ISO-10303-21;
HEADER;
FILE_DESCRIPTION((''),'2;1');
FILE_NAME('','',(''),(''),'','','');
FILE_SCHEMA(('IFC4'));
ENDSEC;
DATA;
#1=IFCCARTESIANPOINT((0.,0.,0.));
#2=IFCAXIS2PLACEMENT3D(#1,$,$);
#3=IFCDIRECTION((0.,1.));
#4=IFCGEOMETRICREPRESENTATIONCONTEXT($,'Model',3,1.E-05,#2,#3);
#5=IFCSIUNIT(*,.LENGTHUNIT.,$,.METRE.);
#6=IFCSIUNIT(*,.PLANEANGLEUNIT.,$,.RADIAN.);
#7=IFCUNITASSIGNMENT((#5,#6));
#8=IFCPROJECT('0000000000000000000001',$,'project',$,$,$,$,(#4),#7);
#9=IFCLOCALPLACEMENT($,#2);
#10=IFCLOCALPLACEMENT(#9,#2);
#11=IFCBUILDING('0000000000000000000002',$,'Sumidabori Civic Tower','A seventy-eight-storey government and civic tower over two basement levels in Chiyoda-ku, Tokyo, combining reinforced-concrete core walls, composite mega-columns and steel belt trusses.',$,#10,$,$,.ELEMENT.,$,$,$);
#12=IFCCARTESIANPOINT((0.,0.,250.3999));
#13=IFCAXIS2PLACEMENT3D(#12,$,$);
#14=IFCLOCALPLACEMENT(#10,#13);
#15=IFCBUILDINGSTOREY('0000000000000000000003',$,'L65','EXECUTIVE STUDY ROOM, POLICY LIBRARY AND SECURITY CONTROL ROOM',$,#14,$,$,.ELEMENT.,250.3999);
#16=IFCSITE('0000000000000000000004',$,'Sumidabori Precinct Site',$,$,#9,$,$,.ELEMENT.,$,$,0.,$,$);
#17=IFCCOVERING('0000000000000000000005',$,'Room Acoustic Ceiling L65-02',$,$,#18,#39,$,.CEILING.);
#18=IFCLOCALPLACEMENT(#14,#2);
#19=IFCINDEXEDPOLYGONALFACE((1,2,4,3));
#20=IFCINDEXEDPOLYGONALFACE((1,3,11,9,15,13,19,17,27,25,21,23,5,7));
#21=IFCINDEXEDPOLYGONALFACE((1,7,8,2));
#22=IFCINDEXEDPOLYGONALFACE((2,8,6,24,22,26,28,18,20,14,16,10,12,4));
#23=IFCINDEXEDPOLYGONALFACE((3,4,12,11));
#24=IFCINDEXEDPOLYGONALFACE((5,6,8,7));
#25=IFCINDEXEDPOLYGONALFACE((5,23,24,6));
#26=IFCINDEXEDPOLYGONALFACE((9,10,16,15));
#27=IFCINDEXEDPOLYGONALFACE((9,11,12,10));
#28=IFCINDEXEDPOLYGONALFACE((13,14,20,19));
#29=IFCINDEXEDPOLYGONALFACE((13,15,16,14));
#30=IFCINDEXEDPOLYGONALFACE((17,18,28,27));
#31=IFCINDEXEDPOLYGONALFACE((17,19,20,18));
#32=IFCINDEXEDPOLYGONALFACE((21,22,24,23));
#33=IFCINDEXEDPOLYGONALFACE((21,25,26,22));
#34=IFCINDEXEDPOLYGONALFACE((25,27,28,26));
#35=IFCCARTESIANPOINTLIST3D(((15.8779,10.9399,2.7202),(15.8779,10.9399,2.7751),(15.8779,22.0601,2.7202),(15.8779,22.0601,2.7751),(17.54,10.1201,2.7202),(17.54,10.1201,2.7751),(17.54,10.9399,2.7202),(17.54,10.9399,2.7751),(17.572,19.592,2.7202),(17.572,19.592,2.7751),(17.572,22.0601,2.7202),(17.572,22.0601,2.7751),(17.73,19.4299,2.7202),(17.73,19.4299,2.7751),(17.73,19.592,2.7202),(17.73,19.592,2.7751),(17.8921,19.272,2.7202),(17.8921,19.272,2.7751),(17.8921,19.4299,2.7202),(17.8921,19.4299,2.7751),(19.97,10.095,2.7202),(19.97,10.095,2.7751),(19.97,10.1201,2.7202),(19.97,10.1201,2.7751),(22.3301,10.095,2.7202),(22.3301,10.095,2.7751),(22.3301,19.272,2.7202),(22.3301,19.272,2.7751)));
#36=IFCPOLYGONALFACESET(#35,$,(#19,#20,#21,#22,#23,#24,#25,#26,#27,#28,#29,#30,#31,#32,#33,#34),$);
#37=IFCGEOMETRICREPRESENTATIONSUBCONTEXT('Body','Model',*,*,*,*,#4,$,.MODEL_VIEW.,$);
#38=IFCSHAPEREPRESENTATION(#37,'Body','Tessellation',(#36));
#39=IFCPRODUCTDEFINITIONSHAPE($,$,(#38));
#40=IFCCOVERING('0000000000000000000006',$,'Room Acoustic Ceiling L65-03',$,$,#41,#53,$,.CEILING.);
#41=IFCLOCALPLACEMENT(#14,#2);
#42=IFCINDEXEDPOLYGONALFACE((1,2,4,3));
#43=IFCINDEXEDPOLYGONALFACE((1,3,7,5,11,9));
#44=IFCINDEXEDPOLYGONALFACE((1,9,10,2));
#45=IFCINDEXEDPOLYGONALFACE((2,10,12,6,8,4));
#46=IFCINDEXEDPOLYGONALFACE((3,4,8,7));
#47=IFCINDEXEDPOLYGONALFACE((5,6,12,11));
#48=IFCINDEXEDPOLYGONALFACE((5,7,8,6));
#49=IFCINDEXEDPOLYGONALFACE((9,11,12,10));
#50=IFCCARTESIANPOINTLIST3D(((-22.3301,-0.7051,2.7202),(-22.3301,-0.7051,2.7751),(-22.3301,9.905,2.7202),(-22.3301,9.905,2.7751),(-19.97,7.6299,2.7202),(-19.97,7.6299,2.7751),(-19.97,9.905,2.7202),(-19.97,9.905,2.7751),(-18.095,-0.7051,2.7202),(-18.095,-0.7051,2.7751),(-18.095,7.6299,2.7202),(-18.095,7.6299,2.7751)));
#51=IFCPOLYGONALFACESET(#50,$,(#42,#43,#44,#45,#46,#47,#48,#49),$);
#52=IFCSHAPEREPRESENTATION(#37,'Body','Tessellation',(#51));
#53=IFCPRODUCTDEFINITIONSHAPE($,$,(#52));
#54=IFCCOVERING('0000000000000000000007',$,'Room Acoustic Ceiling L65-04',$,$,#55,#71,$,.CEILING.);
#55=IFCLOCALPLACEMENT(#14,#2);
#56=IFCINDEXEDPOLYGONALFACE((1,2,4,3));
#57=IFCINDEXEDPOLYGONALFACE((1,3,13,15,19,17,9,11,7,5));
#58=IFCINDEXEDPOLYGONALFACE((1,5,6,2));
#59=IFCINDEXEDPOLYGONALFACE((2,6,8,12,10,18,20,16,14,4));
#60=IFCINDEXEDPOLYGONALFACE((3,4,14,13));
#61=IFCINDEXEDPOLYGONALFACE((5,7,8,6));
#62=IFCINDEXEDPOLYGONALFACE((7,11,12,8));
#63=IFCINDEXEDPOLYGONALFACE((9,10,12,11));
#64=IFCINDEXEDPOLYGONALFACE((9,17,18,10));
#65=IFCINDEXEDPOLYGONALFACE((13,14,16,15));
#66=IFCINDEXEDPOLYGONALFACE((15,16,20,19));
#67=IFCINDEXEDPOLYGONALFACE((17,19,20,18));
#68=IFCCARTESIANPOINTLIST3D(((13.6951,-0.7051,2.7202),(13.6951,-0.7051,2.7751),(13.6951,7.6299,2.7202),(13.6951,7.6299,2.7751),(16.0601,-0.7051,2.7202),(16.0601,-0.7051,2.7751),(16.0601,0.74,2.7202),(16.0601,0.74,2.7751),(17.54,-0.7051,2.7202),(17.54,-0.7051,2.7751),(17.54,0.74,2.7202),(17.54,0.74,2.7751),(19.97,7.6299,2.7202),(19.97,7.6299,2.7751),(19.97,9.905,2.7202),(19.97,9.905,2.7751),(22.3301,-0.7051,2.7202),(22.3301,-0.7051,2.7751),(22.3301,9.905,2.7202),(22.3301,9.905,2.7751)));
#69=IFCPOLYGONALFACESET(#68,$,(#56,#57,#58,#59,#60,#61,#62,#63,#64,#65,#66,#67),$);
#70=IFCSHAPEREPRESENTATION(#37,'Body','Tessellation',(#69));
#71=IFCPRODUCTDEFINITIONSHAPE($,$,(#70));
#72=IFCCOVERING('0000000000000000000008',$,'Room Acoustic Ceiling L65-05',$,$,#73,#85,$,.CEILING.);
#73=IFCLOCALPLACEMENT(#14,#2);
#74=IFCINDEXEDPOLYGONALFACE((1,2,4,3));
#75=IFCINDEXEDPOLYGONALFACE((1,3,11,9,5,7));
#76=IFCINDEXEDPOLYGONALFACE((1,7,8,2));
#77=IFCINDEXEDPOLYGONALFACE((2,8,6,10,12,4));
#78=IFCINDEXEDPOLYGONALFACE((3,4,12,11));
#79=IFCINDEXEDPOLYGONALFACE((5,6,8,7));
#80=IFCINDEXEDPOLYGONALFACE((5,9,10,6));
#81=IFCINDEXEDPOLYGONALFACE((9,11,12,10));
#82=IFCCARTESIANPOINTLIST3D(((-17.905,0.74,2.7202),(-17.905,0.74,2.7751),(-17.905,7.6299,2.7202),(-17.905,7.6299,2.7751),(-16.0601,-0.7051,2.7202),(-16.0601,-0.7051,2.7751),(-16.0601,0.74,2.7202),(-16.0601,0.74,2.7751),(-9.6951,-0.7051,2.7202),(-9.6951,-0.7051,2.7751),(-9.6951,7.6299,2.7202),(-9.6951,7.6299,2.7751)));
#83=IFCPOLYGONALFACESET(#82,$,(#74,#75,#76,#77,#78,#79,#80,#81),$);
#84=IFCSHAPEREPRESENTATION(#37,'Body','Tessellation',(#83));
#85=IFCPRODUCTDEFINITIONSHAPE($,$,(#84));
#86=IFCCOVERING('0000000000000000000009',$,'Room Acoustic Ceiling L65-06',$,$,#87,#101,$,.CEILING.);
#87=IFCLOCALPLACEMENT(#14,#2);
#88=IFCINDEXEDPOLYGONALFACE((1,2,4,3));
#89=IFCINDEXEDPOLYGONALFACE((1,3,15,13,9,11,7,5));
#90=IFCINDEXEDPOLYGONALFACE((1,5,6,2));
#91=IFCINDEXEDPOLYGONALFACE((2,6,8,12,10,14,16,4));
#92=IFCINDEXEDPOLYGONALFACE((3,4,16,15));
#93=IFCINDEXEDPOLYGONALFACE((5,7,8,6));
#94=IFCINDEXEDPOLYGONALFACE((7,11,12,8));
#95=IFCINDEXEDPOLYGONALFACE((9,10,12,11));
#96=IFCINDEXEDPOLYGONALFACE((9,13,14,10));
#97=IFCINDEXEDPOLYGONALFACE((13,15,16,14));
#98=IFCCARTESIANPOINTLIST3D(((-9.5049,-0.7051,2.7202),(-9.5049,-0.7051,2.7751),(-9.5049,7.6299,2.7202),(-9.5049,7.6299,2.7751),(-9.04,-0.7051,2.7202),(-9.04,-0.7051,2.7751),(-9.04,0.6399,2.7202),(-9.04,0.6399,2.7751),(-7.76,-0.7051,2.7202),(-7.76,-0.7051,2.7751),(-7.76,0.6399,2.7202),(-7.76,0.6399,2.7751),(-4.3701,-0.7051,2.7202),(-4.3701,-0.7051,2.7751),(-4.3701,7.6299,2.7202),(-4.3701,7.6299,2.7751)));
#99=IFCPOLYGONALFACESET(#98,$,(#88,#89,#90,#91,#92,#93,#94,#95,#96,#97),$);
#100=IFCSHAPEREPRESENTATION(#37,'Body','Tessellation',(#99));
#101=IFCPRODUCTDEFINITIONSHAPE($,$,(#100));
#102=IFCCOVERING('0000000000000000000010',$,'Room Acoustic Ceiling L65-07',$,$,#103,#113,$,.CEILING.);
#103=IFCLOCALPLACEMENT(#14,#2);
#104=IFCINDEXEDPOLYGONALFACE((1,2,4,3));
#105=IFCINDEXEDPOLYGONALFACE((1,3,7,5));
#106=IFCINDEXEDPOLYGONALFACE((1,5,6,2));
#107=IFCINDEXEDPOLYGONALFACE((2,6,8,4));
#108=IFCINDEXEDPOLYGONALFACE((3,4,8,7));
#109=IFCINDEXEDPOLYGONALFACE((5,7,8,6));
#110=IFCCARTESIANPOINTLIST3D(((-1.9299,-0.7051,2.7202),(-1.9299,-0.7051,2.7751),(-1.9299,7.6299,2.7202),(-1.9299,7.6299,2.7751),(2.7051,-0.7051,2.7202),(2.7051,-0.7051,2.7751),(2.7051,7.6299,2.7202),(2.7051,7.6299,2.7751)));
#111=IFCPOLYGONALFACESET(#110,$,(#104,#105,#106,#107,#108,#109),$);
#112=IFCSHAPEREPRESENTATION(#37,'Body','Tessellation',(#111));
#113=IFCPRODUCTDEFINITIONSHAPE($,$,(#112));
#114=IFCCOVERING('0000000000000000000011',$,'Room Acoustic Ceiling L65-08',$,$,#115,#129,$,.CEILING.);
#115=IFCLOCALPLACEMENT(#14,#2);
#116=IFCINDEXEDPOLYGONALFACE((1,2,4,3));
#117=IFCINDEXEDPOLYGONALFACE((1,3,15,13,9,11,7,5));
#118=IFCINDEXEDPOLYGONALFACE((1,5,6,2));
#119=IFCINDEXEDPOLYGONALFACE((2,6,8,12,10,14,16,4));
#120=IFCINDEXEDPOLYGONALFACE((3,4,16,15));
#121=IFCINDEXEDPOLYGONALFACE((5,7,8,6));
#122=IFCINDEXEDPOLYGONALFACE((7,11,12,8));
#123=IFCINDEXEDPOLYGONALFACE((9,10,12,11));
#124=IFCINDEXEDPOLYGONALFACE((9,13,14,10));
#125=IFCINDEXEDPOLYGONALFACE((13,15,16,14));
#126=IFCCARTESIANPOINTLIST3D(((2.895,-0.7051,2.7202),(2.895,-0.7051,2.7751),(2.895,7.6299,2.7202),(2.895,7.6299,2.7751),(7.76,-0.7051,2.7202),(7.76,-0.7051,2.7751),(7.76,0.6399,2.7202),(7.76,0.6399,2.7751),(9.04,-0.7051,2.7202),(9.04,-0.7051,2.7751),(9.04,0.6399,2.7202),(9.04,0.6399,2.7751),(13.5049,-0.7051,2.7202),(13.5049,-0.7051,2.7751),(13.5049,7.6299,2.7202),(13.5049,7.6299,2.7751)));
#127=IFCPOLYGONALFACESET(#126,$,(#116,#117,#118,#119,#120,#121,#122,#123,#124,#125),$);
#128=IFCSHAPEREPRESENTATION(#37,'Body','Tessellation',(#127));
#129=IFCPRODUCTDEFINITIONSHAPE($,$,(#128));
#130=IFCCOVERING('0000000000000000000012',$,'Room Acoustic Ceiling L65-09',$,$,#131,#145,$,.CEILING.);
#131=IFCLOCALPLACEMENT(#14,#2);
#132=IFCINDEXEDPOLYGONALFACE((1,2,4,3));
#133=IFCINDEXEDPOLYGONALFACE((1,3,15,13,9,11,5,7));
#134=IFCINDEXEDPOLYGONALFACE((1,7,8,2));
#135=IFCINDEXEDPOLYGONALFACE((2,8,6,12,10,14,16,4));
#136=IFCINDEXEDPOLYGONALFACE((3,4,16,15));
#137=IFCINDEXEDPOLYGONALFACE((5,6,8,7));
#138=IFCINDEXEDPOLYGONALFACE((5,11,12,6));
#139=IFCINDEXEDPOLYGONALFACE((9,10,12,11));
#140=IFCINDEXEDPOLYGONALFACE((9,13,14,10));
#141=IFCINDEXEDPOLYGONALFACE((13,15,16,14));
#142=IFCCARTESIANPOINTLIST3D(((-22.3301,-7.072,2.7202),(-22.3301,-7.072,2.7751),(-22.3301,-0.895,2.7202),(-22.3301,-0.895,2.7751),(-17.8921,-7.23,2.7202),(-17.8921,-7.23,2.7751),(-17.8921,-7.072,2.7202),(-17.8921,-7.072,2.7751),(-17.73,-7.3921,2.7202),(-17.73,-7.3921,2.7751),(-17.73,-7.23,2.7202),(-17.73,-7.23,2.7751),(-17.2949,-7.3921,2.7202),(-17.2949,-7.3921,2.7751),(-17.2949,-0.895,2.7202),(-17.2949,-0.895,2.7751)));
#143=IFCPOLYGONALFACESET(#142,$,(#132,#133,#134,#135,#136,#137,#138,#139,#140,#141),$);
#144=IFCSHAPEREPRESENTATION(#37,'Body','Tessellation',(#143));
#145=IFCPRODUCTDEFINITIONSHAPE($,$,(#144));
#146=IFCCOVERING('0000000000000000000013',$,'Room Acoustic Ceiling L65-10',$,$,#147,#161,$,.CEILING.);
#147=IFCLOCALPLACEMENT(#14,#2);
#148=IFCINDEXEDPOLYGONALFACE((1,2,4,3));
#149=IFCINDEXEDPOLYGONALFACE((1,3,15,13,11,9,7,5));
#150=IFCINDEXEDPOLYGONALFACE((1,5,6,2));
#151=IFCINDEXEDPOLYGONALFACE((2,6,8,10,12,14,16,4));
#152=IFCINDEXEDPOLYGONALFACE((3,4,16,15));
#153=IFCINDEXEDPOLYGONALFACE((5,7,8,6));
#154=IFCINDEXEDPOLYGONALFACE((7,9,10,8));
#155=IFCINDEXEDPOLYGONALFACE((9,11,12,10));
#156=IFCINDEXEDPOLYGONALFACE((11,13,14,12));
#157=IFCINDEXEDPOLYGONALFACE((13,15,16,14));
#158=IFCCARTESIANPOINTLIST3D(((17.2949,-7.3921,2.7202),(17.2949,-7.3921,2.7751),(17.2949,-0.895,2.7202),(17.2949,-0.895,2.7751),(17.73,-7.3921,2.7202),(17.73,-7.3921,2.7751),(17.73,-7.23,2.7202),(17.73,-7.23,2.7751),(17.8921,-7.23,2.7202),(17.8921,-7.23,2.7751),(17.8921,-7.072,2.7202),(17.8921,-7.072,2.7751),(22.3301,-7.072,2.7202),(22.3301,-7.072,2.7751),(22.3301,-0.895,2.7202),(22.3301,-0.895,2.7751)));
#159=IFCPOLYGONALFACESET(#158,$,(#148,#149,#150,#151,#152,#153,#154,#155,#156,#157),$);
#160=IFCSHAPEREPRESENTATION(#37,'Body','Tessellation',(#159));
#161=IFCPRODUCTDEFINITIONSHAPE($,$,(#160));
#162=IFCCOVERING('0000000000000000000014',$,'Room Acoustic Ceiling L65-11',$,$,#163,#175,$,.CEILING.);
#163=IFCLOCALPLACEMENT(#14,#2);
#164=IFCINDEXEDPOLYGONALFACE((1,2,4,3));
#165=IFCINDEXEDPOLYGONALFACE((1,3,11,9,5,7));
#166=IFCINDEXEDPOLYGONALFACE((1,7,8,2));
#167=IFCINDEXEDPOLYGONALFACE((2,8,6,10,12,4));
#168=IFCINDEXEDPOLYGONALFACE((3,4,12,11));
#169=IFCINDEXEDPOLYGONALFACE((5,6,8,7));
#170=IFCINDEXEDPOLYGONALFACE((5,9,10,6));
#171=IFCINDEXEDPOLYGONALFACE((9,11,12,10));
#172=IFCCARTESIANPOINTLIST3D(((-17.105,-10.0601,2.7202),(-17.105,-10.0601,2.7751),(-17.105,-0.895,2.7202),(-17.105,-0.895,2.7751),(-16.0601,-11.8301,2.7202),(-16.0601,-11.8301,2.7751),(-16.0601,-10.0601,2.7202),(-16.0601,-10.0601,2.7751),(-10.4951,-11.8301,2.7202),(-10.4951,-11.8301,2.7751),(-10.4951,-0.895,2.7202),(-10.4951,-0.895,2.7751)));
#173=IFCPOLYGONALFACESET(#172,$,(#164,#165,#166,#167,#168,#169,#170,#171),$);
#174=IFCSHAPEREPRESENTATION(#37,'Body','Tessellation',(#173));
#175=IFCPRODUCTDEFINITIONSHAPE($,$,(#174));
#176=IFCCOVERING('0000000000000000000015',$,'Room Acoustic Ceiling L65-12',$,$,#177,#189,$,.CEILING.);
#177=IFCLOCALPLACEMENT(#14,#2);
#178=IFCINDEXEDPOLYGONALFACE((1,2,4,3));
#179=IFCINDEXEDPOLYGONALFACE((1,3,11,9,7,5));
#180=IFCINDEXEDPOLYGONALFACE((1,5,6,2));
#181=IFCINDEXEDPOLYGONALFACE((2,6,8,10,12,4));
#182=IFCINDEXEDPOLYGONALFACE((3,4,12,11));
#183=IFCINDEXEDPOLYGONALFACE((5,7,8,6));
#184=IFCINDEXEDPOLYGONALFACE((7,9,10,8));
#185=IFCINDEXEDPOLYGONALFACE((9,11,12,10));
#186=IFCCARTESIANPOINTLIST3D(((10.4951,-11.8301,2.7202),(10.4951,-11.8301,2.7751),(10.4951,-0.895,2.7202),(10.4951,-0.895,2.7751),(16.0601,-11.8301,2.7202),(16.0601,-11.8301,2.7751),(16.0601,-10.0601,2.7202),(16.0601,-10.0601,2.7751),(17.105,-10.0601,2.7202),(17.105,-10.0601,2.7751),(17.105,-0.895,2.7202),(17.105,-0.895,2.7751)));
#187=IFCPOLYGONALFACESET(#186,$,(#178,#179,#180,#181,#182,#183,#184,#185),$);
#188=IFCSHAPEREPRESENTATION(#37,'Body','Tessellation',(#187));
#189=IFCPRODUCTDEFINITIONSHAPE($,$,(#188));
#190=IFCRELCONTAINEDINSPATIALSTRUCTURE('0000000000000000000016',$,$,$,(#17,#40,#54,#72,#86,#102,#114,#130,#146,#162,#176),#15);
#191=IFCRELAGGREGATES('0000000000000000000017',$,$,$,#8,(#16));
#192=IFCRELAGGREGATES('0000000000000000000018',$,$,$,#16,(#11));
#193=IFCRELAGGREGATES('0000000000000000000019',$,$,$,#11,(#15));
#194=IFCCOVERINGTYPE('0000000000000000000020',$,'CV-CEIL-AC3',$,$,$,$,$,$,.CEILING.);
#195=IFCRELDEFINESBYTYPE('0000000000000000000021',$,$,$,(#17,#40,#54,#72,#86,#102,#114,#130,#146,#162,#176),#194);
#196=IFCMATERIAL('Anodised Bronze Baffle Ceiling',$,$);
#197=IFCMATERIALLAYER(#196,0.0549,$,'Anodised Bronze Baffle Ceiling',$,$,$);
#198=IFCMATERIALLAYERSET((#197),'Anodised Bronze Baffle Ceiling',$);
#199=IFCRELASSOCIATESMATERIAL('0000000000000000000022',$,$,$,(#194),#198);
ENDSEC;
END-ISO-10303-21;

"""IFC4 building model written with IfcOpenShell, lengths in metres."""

from ifc_helpers import new_model, si_unit, direction, frame, origin, place, context, subcontext, project, spatial, polyline, outline, extrude, material, layer, layer_set, type_object, element, save


model = new_model("IFC4")

# Units and contexts
model_context = context("Model", 3, precision=1e-05, world=origin(), true_north=direction((0.0, 1.0)))
body_context = subcontext(model_context, "Body", "Model", "MODEL_VIEW")
ifc_project = project(units=[si_unit("LENGTHUNIT", "METRE"), si_unit("PLANEANGLEUNIT", "RADIAN")], contexts=[model_context])

# Site, building, storey
site_placement = place(None, origin())
site = spatial("IfcSite", under=ifc_project, at=site_placement, Name="Sumidabori Precinct Site", CompositionType="ELEMENT", RefElevation=0.0)
building_placement = place(site_placement, origin())
building = spatial("IfcBuilding", under=site, at=building_placement, Name="Sumidabori Civic Tower", Description="A seventy-eight-storey government and civic tower over two basement levels in Chiyoda-ku, Tokyo, combining reinforced-concrete core walls, composite mega-columns and steel belt trusses.", CompositionType="ELEMENT")
storey_placement = place(building_placement, frame((0.0, 0.0, 250.3999)))
storey = spatial("IfcBuildingStorey", under=building, at=storey_placement, Name="L65", Description="EXECUTIVE STUDY ROOM, POLICY LIBRARY AND SECURITY CONTROL ROOM", CompositionType="ELEMENT", Elevation=250.3999)

# Coverings
ifc_material_1 = material(Name="Anodised Bronze Baffle Ceiling")
ifc_layer_1 = layer(ifc_material_1, 0.0549, Name="Anodised Bronze Baffle Ceiling")
ifc_layer_set_1 = layer_set([ifc_layer_1], Name="Anodised Bronze Baffle Ceiling")
covering_type_1 = type_object("IfcCoveringType", Name="CV-CEIL-AC3", PredefinedType="CEILING", material=ifc_layer_set_1)
covering_1_placement = place(storey_placement, frame((0.0, 0.0, 2.7202)))
element("IfcCovering", 1, at=covering_1_placement, inside=storey, type_object=covering_type_1, Name="Room Acoustic Ceiling L65-02", PredefinedType="CEILING", context=body_context, shape_type="SweptSolid", body=[
    extrude(outline(polyline([(17.572, 22.0601), (17.572, 19.592), (17.73, 19.592), (17.73, 19.4299), (17.8921, 19.4299), (17.8921, 19.272), (22.3301, 19.272), (22.3301, 10.095), (19.97, 10.095), (19.97, 10.1201), (17.54, 10.1201), (17.54, 10.9399), (15.8779, 10.9399), (15.8779, 22.0601), (17.572, 22.0601)])), origin(), (0.0, 0.0, 1.0), 0.0549),
])
covering_2_placement = place(storey_placement, frame((0.0, 0.0, 2.7202)))
element("IfcCovering", 2, at=covering_2_placement, inside=storey, type_object=covering_type_1, Name="Room Acoustic Ceiling L65-03", PredefinedType="CEILING", context=body_context, shape_type="SweptSolid", body=[
    extrude(outline(polyline([(-19.97, 7.6299), (-18.095, 7.6299), (-18.095, -0.7051), (-22.3301, -0.7051), (-22.3301, 9.905), (-19.97, 9.905), (-19.97, 7.6299)])), origin(), (0.0, 0.0, 1.0), 0.0549),
])
covering_3_placement = place(storey_placement, frame((0.0, 0.0, 2.7202)))
element("IfcCovering", 3, at=covering_3_placement, inside=storey, type_object=covering_type_1, Name="Room Acoustic Ceiling L65-04", PredefinedType="CEILING", context=body_context, shape_type="SweptSolid", body=[
    extrude(outline(polyline([(13.6951, 7.6299), (19.97, 7.6299), (19.97, 9.905), (22.3301, 9.905), (22.3301, -0.7051), (17.54, -0.7051), (17.54, 0.74), (16.0601, 0.74), (16.0601, -0.7051), (13.6951, -0.7051), (13.6951, 7.6299)])), origin(), (0.0, 0.0, 1.0), 0.0549),
])
covering_4_placement = place(storey_placement, frame((0.0, 0.0, 2.7202)))
element("IfcCovering", 4, at=covering_4_placement, inside=storey, type_object=covering_type_1, Name="Room Acoustic Ceiling L65-05", PredefinedType="CEILING", context=body_context, shape_type="SweptSolid", body=[
    extrude(outline(polyline([(-17.905, 7.6299), (-9.6951, 7.6299), (-9.6951, -0.7051), (-16.0601, -0.7051), (-16.0601, 0.74), (-17.905, 0.74), (-17.905, 7.6299)])), origin(), (0.0, 0.0, 1.0), 0.0549),
])
covering_5_placement = place(storey_placement, frame((0.0, 0.0, 2.7202)))
element("IfcCovering", 5, at=covering_5_placement, inside=storey, type_object=covering_type_1, Name="Room Acoustic Ceiling L65-06", PredefinedType="CEILING", context=body_context, shape_type="SweptSolid", body=[
    extrude(outline(polyline([(-9.5049, 7.6299), (-4.3701, 7.6299), (-4.3701, -0.7051), (-7.76, -0.7051), (-7.76, 0.6399), (-9.04, 0.6399), (-9.04, -0.7051), (-9.5049, -0.7051), (-9.5049, 7.6299)])), origin(), (0.0, 0.0, 1.0), 0.0549),
])
covering_6_placement = place(storey_placement, frame((0.0, 0.0, 2.7202)))
element("IfcCovering", 6, at=covering_6_placement, inside=storey, type_object=covering_type_1, Name="Room Acoustic Ceiling L65-07", PredefinedType="CEILING", context=body_context, shape_type="SweptSolid", body=[
    extrude(outline(polyline([(-1.9299, 7.6299), (2.7051, 7.6299), (2.7051, -0.7051), (-1.9299, -0.7051), (-1.9299, 7.6299)])), origin(), (0.0, 0.0, 1.0), 0.0549),
])
covering_7_placement = place(storey_placement, frame((0.0, 0.0, 2.7202)))
element("IfcCovering", 7, at=covering_7_placement, inside=storey, type_object=covering_type_1, Name="Room Acoustic Ceiling L65-08", PredefinedType="CEILING", context=body_context, shape_type="SweptSolid", body=[
    extrude(outline(polyline([(2.895, 7.6299), (13.5049, 7.6299), (13.5049, -0.7051), (9.04, -0.7051), (9.04, 0.6399), (7.76, 0.6399), (7.76, -0.7051), (2.895, -0.7051), (2.895, 7.6299)])), origin(), (0.0, 0.0, 1.0), 0.0549),
])
covering_8_placement = place(storey_placement, frame((0.0, 0.0, 2.7202)))
element("IfcCovering", 8, at=covering_8_placement, inside=storey, type_object=covering_type_1, Name="Room Acoustic Ceiling L65-09", PredefinedType="CEILING", context=body_context, shape_type="SweptSolid", body=[
    extrude(outline(polyline([(-22.3301, -7.072), (-22.3301, -0.895), (-17.2949, -0.895), (-17.2949, -7.3921), (-17.73, -7.3921), (-17.73, -7.23), (-17.8921, -7.23), (-17.8921, -7.072), (-22.3301, -7.072)])), origin(), (0.0, 0.0, 1.0), 0.0549),
])
covering_9_placement = place(storey_placement, frame((0.0, 0.0, 2.7202)))
element("IfcCovering", 9, at=covering_9_placement, inside=storey, type_object=covering_type_1, Name="Room Acoustic Ceiling L65-10", PredefinedType="CEILING", context=body_context, shape_type="SweptSolid", body=[
    extrude(outline(polyline([(22.3301, -0.895), (22.3301, -7.072), (17.8921, -7.072), (17.8921, -7.23), (17.73, -7.23), (17.73, -7.3921), (17.2949, -7.3921), (17.2949, -0.895), (22.3301, -0.895)])), origin(), (0.0, 0.0, 1.0), 0.0549),
])
covering_10_placement = place(storey_placement, frame((0.0, 0.0, 2.7202)))
element("IfcCovering", 10, at=covering_10_placement, inside=storey, type_object=covering_type_1, Name="Room Acoustic Ceiling L65-11", PredefinedType="CEILING", context=body_context, shape_type="SweptSolid", body=[
    extrude(outline(polyline([(-16.0601, -10.0601), (-17.105, -10.0601), (-17.105, -0.895), (-10.4951, -0.895), (-10.4951, -11.8301), (-16.0601, -11.8301), (-16.0601, -10.0601)])), origin(), (0.0, 0.0, 1.0), 0.0549),
])
covering_11_placement = place(storey_placement, frame((0.0, 0.0, 2.7202)))
element("IfcCovering", 11, at=covering_11_placement, inside=storey, type_object=covering_type_1, Name="Room Acoustic Ceiling L65-12", PredefinedType="CEILING", context=body_context, shape_type="SweptSolid", body=[
    extrude(outline(polyline([(10.4951, -11.8301), (10.4951, -0.895), (17.105, -0.895), (17.105, -10.0601), (16.0601, -10.0601), (16.0601, -11.8301), (10.4951, -11.8301)])), origin(), (0.0, 0.0, 1.0), 0.0549),
])

save(model, "model.ifc")
